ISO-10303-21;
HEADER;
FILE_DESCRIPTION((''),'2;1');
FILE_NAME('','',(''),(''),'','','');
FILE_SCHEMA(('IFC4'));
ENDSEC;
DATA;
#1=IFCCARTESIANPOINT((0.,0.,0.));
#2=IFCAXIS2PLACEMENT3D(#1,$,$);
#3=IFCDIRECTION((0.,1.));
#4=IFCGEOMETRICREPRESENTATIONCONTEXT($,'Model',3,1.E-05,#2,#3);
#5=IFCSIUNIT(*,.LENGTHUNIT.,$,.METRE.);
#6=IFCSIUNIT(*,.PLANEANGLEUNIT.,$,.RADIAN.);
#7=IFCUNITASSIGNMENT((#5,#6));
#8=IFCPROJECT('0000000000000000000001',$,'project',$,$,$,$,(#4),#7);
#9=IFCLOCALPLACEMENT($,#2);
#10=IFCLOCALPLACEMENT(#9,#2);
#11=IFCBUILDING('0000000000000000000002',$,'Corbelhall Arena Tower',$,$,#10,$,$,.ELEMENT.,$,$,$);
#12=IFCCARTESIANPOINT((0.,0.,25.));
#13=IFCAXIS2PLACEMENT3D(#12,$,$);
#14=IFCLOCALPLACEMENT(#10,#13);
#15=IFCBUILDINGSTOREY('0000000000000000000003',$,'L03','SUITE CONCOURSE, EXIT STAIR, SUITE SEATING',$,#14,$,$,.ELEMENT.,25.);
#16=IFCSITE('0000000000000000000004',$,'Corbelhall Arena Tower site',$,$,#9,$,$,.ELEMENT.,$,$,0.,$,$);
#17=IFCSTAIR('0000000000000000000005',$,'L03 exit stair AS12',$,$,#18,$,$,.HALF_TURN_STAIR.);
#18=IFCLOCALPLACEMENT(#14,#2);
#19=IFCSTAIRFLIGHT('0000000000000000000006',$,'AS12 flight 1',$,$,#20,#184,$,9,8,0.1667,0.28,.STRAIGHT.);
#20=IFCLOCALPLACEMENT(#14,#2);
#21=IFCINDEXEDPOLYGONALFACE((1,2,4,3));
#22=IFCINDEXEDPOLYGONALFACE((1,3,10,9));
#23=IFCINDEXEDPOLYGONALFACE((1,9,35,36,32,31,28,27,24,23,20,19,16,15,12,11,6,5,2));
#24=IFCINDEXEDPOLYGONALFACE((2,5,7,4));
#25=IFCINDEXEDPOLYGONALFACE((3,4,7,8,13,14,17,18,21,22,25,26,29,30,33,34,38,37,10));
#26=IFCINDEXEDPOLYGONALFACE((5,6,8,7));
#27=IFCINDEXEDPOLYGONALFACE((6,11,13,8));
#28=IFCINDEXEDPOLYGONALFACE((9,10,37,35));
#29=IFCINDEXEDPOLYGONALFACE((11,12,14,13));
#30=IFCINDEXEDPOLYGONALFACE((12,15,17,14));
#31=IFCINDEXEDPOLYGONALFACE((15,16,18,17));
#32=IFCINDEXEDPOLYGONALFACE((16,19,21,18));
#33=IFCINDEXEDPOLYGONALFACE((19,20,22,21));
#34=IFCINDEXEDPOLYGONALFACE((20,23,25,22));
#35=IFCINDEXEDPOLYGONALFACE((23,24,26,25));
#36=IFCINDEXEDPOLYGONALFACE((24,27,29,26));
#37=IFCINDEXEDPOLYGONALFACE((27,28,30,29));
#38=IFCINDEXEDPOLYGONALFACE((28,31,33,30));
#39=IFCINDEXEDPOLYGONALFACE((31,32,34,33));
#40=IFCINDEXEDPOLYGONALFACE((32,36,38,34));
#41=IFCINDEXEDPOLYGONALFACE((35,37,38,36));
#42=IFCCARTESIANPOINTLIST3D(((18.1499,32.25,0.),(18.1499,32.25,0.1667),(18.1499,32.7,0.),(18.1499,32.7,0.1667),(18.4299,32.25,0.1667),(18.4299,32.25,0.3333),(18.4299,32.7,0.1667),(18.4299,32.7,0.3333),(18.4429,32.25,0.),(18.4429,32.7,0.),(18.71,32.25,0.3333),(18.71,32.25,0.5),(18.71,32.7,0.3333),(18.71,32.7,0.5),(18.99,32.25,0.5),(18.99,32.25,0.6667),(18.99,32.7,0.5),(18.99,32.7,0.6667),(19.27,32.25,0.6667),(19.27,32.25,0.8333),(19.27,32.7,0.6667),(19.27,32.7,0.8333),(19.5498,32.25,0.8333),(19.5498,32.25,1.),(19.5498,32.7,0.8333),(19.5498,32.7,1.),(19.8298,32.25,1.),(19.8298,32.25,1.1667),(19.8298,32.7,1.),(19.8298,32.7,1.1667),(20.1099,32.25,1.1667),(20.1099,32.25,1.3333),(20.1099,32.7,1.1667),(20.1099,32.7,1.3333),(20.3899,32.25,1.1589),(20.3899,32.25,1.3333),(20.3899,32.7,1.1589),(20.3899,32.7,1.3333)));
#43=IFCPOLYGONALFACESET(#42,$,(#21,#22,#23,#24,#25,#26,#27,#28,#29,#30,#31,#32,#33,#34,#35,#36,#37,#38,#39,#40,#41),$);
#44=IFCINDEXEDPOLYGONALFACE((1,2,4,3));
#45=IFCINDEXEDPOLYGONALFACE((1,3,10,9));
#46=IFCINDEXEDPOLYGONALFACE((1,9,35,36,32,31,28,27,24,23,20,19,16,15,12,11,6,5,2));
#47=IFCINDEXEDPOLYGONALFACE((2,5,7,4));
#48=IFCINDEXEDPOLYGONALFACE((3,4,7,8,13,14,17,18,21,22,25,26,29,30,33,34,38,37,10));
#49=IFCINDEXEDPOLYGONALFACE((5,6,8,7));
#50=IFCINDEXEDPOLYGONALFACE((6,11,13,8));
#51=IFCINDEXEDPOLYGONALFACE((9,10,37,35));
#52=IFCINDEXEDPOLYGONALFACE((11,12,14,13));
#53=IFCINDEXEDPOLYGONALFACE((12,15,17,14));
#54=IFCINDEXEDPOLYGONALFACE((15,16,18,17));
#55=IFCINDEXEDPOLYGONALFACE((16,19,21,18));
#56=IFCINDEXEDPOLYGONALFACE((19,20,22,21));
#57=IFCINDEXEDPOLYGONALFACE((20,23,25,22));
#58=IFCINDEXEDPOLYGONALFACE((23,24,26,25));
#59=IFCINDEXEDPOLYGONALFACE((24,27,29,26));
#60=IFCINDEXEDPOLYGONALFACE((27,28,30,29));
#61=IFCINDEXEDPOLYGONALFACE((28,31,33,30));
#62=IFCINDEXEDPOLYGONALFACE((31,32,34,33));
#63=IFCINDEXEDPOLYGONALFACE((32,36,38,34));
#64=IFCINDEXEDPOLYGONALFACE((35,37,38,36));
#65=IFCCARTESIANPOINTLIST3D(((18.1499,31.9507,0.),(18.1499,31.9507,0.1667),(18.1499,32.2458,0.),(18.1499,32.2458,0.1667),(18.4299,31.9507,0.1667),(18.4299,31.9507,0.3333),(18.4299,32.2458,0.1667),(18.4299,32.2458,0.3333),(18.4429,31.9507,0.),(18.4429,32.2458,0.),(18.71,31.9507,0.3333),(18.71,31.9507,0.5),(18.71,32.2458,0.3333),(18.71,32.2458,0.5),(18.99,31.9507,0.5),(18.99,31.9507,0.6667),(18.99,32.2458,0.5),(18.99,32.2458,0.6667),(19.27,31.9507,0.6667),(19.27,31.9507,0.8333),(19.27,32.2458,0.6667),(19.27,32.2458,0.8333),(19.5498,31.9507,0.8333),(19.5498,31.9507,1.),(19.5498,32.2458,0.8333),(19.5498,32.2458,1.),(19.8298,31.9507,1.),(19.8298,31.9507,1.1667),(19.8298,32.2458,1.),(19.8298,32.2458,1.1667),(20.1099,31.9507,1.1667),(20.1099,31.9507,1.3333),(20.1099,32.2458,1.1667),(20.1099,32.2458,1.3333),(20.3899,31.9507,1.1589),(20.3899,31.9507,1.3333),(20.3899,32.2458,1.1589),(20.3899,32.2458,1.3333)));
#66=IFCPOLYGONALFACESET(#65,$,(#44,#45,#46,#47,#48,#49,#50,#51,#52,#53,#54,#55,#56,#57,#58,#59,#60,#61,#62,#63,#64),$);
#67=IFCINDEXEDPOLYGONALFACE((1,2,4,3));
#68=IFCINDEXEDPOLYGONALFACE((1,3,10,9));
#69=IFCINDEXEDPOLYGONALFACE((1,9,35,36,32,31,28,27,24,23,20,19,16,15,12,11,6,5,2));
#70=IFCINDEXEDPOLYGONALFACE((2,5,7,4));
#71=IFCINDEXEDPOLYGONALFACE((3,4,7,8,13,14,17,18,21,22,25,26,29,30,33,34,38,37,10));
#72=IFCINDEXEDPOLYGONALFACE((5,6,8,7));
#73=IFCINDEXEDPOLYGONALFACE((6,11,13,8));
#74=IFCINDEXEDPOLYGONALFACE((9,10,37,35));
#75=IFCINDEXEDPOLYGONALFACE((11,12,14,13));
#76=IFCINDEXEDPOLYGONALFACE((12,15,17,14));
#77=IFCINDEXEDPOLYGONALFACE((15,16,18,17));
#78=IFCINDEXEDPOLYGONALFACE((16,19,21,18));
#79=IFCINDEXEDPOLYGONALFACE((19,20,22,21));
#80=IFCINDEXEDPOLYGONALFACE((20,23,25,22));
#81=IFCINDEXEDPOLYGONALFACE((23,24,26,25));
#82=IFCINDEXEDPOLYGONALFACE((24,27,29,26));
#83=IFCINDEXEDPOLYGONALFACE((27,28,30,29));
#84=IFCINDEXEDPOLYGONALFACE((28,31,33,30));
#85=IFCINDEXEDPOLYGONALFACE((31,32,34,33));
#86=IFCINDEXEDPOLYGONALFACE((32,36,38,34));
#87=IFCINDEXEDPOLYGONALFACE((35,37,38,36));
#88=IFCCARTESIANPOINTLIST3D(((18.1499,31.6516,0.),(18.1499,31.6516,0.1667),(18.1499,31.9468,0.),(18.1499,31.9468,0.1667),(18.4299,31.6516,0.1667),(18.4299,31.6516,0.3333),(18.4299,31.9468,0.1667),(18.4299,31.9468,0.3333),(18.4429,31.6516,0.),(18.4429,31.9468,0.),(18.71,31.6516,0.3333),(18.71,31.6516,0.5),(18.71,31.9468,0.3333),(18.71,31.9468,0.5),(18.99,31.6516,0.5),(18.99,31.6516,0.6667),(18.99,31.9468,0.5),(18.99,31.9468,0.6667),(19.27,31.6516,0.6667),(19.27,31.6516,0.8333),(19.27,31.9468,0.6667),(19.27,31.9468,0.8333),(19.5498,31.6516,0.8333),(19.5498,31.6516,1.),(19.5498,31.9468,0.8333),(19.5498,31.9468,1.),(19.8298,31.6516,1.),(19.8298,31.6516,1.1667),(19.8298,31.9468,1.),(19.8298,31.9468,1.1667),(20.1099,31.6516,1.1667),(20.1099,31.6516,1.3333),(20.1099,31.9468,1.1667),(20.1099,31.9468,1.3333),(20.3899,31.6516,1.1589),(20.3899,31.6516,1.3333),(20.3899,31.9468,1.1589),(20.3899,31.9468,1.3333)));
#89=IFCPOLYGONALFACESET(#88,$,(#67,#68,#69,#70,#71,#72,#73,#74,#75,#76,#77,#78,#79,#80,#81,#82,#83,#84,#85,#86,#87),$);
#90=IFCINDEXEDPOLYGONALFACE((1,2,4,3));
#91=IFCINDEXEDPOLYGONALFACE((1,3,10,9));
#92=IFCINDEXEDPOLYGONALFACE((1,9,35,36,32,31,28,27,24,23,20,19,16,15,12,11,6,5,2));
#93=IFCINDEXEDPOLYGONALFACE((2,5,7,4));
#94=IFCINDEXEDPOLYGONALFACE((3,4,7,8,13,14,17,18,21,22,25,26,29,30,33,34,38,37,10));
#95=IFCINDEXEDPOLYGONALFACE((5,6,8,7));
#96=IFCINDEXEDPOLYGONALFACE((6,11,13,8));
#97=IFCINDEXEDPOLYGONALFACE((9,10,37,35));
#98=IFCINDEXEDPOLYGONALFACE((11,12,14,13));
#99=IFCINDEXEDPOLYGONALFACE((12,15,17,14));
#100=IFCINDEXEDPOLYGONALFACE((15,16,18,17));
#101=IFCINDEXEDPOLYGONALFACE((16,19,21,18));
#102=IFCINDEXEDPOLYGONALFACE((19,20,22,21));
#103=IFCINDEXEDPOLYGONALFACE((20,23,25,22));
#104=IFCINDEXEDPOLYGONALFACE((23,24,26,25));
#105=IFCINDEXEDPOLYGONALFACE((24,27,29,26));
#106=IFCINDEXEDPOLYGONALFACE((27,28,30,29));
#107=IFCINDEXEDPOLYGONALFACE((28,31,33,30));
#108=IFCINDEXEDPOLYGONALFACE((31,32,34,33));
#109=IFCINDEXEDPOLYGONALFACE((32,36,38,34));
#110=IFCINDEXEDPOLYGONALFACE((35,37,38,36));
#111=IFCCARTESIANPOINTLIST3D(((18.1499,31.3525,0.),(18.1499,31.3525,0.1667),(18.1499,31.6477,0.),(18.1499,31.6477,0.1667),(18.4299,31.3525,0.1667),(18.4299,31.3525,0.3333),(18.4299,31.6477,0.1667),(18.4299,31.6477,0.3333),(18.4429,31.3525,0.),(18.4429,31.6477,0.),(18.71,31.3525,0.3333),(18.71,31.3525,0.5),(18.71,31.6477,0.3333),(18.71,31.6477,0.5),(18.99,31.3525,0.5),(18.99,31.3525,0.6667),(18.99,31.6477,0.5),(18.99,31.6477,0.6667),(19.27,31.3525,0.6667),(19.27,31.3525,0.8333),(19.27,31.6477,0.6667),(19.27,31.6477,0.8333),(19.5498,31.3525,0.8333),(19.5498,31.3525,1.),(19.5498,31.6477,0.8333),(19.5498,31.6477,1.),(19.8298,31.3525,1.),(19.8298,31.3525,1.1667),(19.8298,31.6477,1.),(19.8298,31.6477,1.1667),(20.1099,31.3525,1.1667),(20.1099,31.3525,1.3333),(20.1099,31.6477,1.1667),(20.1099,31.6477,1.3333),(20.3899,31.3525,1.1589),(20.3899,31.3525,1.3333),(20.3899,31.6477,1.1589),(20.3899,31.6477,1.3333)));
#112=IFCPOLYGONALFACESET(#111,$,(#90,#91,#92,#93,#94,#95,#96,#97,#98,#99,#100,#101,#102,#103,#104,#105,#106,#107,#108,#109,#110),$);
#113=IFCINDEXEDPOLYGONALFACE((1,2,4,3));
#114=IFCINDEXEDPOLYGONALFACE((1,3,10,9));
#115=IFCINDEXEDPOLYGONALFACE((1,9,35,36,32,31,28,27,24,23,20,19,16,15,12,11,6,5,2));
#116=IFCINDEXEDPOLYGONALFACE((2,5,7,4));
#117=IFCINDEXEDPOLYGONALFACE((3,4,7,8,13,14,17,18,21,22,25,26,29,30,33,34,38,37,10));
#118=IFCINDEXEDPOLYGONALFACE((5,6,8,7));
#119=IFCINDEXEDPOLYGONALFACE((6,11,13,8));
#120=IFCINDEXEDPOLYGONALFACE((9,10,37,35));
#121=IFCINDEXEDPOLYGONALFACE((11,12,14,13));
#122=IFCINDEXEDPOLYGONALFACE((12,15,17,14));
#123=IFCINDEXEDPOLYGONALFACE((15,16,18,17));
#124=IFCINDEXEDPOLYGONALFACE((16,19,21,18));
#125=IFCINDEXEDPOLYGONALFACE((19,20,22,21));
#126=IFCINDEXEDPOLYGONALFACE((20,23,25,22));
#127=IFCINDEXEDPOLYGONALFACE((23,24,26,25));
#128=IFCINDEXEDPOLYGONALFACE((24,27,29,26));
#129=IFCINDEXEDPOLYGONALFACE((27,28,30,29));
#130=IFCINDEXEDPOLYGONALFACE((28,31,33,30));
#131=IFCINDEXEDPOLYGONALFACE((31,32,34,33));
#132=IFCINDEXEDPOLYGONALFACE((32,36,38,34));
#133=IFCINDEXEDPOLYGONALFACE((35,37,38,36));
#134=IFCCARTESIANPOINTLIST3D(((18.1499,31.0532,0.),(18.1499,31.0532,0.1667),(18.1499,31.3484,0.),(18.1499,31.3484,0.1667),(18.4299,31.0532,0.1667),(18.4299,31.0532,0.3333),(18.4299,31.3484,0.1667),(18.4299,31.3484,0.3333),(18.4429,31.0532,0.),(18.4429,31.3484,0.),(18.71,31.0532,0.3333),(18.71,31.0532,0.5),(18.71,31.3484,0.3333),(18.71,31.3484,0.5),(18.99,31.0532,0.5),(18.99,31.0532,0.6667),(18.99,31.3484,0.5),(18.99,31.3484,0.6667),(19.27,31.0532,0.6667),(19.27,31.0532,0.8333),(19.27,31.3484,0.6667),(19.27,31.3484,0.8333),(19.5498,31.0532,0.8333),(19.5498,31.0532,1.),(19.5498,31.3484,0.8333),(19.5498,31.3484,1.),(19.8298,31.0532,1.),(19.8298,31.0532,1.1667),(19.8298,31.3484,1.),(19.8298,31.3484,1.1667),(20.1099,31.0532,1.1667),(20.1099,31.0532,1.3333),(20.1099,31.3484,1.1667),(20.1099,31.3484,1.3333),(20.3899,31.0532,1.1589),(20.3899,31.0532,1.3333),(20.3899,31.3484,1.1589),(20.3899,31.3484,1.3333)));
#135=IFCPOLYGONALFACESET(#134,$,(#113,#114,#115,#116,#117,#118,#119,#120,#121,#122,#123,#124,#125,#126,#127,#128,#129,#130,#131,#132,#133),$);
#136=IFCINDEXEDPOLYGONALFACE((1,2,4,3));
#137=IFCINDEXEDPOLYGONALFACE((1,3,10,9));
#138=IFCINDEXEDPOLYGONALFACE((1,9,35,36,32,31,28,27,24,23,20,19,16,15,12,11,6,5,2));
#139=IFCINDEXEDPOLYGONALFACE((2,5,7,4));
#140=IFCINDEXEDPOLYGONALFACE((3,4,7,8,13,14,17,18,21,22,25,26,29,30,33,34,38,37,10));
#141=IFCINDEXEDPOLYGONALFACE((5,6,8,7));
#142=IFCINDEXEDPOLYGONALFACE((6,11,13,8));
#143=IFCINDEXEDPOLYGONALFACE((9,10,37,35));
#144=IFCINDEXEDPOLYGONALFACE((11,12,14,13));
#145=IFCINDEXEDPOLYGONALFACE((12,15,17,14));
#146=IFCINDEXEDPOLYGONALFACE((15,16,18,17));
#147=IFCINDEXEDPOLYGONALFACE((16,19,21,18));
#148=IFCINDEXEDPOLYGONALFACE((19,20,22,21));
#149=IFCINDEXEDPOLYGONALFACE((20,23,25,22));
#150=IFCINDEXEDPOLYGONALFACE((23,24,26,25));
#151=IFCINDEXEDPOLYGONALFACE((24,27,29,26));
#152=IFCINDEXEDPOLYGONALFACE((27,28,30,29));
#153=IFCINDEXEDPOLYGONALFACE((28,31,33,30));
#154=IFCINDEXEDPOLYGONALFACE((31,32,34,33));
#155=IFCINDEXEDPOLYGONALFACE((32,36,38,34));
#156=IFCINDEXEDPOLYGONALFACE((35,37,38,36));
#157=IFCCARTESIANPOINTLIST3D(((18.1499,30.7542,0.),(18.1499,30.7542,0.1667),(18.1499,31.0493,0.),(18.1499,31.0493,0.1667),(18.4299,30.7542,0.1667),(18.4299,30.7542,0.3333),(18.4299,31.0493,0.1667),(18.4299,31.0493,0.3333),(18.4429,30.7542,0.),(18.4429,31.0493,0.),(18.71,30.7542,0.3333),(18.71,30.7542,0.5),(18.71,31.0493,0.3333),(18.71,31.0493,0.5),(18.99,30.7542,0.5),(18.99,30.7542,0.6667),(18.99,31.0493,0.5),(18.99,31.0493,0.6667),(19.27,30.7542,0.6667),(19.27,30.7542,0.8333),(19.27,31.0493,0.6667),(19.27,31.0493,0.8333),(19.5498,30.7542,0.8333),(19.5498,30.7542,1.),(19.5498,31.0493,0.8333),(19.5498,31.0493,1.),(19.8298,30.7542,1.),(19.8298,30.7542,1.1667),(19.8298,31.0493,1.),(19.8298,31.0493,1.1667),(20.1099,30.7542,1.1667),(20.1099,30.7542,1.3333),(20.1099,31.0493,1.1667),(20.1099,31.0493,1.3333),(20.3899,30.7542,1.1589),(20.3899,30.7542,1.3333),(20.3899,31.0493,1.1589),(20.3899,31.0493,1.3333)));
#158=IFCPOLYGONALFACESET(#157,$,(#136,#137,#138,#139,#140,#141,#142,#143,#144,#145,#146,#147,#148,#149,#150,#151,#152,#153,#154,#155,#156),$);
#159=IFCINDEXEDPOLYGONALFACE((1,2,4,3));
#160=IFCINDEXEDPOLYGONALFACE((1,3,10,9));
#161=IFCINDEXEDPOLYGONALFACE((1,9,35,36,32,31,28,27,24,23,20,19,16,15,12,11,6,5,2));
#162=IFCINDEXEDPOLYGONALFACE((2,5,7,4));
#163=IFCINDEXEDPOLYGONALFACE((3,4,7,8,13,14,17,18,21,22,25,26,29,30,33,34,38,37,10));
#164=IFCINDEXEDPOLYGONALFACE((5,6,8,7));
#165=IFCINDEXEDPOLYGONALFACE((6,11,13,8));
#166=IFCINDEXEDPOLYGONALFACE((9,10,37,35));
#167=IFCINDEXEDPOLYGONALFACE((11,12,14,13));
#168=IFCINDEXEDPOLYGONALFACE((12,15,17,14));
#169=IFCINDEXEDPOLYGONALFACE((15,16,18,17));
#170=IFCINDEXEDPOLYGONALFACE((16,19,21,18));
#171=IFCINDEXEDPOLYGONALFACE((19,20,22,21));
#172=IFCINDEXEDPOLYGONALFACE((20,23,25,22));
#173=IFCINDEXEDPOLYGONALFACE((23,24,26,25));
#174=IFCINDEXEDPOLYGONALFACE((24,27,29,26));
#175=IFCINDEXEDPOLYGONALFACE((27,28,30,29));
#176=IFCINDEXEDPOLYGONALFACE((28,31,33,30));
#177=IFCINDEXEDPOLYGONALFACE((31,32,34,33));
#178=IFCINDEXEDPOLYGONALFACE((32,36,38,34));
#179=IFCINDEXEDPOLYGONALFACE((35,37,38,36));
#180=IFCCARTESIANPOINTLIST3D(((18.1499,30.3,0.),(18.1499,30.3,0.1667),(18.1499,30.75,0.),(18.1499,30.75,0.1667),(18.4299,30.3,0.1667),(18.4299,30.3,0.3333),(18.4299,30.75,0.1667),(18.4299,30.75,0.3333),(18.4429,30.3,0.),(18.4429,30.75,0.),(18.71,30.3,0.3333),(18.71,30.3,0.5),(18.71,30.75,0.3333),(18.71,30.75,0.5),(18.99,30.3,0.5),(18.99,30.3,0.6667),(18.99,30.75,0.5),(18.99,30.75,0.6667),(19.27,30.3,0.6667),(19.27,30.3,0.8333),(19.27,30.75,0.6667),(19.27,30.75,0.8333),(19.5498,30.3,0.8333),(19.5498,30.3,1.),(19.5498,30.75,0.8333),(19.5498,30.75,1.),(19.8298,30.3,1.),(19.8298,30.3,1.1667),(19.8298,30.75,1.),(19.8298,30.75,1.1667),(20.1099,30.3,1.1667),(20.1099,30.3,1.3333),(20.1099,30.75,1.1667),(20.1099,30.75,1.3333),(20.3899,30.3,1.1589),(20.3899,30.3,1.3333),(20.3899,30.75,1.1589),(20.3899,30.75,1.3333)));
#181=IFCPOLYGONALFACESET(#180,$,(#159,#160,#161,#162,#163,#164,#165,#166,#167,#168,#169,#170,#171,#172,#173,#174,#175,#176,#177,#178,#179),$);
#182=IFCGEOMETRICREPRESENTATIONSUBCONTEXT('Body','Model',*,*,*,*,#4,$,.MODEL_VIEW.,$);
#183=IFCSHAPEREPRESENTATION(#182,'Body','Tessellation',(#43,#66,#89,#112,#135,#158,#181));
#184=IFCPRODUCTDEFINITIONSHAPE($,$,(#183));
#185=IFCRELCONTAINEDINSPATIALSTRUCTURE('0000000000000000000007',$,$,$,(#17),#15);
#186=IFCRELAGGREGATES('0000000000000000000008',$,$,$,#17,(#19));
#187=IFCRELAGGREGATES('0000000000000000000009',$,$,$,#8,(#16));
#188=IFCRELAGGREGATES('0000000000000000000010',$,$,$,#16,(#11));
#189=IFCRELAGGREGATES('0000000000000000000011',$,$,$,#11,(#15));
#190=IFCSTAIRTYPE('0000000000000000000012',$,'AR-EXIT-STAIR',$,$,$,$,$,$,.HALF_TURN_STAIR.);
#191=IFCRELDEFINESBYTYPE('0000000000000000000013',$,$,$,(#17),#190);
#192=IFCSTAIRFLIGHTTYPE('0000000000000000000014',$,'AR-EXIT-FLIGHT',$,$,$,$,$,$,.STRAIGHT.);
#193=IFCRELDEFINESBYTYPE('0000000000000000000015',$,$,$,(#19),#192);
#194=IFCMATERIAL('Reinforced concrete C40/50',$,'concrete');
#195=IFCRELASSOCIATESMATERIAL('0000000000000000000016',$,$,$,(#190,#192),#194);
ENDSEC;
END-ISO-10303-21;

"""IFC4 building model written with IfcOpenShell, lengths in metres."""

from ifc_helpers import new_model, si_unit, direction, frame, origin, place, context, subcontext, project, spatial, polyline, outline, extrude, material, type_object, element, aggregate, save


model = new_model("IFC4")

# Units and contexts
model_context = context("Model", 3, precision=1e-05, world=origin(), true_north=direction((0.0, 1.0)))
body_context = subcontext(model_context, "Body", "Model", "MODEL_VIEW")
ifc_project = project(units=[si_unit("LENGTHUNIT", "METRE"), si_unit("PLANEANGLEUNIT", "RADIAN")], contexts=[model_context])

# Site, building, storey
site_placement = place(None, origin())
site = spatial("IfcSite", under=ifc_project, at=site_placement, Name="Corbelhall Arena Tower site", CompositionType="ELEMENT", RefElevation=0.0)
building_placement = place(site_placement, origin())
building = spatial("IfcBuilding", under=site, at=building_placement, Name="Corbelhall Arena Tower", CompositionType="ELEMENT")
storey_placement = place(building_placement, frame((0.0, 0.0, 25.0)))
storey = spatial("IfcBuildingStorey", under=building, at=storey_placement, Name="L03", Description="SUITE CONCOURSE, EXIT STAIR, SUITE SEATING", CompositionType="ELEMENT", Elevation=25.0)

# Shared definitions
ifc_material_1 = material(Name="Reinforced concrete C40/50", Category="concrete")

# Shared definitions
stair_type = type_object("IfcStairType", Name="AR-EXIT-STAIR", PredefinedType="HALF_TURN_STAIR", material=ifc_material_1)
stair_flight_type = type_object("IfcStairFlightType", Name="AR-EXIT-FLIGHT", PredefinedType="STRAIGHT", material=ifc_material_1)

# Stair, stair flight
stair_1_placement = place(storey_placement, origin())
stair_1 = element("IfcStair", 1, at=stair_1_placement, inside=storey, type_object=stair_type, Name="L03 exit stair AS12", PredefinedType="HALF_TURN_STAIR")
stair_flight_1_placement = place(storey_placement, frame((18.1499, 31.5, 0.0), z_axis=(0.0, 0.0, 1.0), x_axis=(1.0, 0.0, 0.0)))
stair_flight_1 = element("IfcStairFlight", 2, at=stair_flight_1_placement, type_object=stair_flight_type, Name="AS12 flight 1", NumberOfRisers=9, NumberOfTreads=8, PredefinedType="STRAIGHT", RiserHeight=0.1667, TreadLength=0.28, context=body_context, shape_type="SweptSolid", body=[
    extrude(outline(polyline([(0.0, 0.0), (0.0, 0.1667), (0.28, 0.1667), (0.28, 0.3333), (0.5601, 0.3333), (0.5601, 0.5), (0.8401, 0.5), (0.8401, 0.6667), (1.1201, 0.6667), (1.1201, 0.8333), (1.3999, 0.8333), (1.3999, 1.0), (1.6799, 1.0), (1.6799, 1.1667), (1.96, 1.1667), (1.96, 1.3333), (2.24, 1.3333), (2.24, 1.5), (2.24, 1.1589), (0.293, 0.0), (0.0, 0.0)])), frame((0.0, 1.2, 0.0), z_axis=(0.0, -1.0, 0.0), x_axis=(1.0, 0.0, 0.0)), (0.0, 0.0, 1.0), 0.45),
    extrude(outline(polyline([(0.0, 0.0), (0.0, 0.1667), (0.28, 0.1667), (0.28, 0.3333), (0.5601, 0.3333), (0.5601, 0.5), (0.8401, 0.5), (0.8401, 0.6667), (1.1201, 0.6667), (1.1201, 0.8333), (1.3999, 0.8333), (1.3999, 1.0), (1.6799, 1.0), (1.6799, 1.1667), (1.96, 1.1667), (1.96, 1.3333), (2.24, 1.3333), (2.24, 1.5), (2.24, 1.1589), (0.293, 0.0), (0.0, 0.0)])), frame((0.0, 0.7458, 0.0), z_axis=(0.0, -1.0, 0.0), x_axis=(1.0, 0.0, 0.0)), (0.0, 0.0, 1.0), 0.2952),
    extrude(outline(polyline([(0.0, 0.0), (0.0, 0.1667), (0.28, 0.1667), (0.28, 0.3333), (0.5601, 0.3333), (0.5601, 0.5), (0.8401, 0.5), (0.8401, 0.6667), (1.1201, 0.6667), (1.1201, 0.8333), (1.3999, 0.8333), (1.3999, 1.0), (1.6799, 1.0), (1.6799, 1.1667), (1.96, 1.1667), (1.96, 1.3333), (2.24, 1.3333), (2.24, 1.5), (2.24, 1.1589), (0.293, 0.0), (0.0, 0.0)])), frame((0.0, 0.4468, 0.0), z_axis=(0.0, -1.0, 0.0), x_axis=(1.0, 0.0, 0.0)), (0.0, 0.0, 1.0), 0.2952),
    extrude(outline(polyline([(0.0, 0.0), (0.0, 0.1667), (0.28, 0.1667), (0.28, 0.3333), (0.5601, 0.3333), (0.5601, 0.5), (0.8401, 0.5), (0.8401, 0.6667), (1.1201, 0.6667), (1.1201, 0.8333), (1.3999, 0.8333), (1.3999, 1.0), (1.6799, 1.0), (1.6799, 1.1667), (1.96, 1.1667), (1.96, 1.3333), (2.24, 1.3333), (2.24, 1.5), (2.24, 1.1589), (0.293, 0.0), (0.0, 0.0)])), frame((0.0, 0.1477, 0.0), z_axis=(0.0, -1.0, 0.0), x_axis=(1.0, 0.0, 0.0)), (0.0, 0.0, 1.0), 0.2952),
    extrude(outline(polyline([(0.0, 0.0), (0.0, 0.1667), (0.28, 0.1667), (0.28, 0.3333), (0.5601, 0.3333), (0.5601, 0.5), (0.8401, 0.5), (0.8401, 0.6667), (1.1201, 0.6667), (1.1201, 0.8333), (1.3999, 0.8333), (1.3999, 1.0), (1.6799, 1.0), (1.6799, 1.1667), (1.96, 1.1667), (1.96, 1.3333), (2.24, 1.3333), (2.24, 1.5), (2.24, 1.1589), (0.293, 0.0), (0.0, 0.0)])), frame((0.0, -0.1516, 0.0), z_axis=(0.0, -1.0, 0.0), x_axis=(1.0, 0.0, 0.0)), (0.0, 0.0, 1.0), 0.2952),
    extrude(outline(polyline([(0.0, 0.0), (0.0, 0.1667), (0.28, 0.1667), (0.28, 0.3333), (0.5601, 0.3333), (0.5601, 0.5), (0.8401, 0.5), (0.8401, 0.6667), (1.1201, 0.6667), (1.1201, 0.8333), (1.3999, 0.8333), (1.3999, 1.0), (1.6799, 1.0), (1.6799, 1.1667), (1.96, 1.1667), (1.96, 1.3333), (2.24, 1.3333), (2.24, 1.5), (2.24, 1.1589), (0.293, 0.0), (0.0, 0.0)])), frame((0.0, -0.4507, 0.0), z_axis=(0.0, -1.0, 0.0), x_axis=(1.0, 0.0, 0.0)), (0.0, 0.0, 1.0), 0.2952),
    extrude(outline(polyline([(0.0, 0.0), (0.0, 0.1667), (0.28, 0.1667), (0.28, 0.3333), (0.5601, 0.3333), (0.5601, 0.5), (0.8401, 0.5), (0.8401, 0.6667), (1.1201, 0.6667), (1.1201, 0.8333), (1.3999, 0.8333), (1.3999, 1.0), (1.6799, 1.0), (1.6799, 1.1667), (1.96, 1.1667), (1.96, 1.3333), (2.24, 1.3333), (2.24, 1.5), (2.24, 1.1589), (0.293, 0.0), (0.0, 0.0)])), frame((0.0, -0.75, 0.0), z_axis=(0.0, -1.0, 0.0), x_axis=(1.0, 0.0, 0.0)), (0.0, 0.0, 1.0), 0.45),
])
aggregate(stair_1, [stair_flight_1])

save(model, "model.ifc")
